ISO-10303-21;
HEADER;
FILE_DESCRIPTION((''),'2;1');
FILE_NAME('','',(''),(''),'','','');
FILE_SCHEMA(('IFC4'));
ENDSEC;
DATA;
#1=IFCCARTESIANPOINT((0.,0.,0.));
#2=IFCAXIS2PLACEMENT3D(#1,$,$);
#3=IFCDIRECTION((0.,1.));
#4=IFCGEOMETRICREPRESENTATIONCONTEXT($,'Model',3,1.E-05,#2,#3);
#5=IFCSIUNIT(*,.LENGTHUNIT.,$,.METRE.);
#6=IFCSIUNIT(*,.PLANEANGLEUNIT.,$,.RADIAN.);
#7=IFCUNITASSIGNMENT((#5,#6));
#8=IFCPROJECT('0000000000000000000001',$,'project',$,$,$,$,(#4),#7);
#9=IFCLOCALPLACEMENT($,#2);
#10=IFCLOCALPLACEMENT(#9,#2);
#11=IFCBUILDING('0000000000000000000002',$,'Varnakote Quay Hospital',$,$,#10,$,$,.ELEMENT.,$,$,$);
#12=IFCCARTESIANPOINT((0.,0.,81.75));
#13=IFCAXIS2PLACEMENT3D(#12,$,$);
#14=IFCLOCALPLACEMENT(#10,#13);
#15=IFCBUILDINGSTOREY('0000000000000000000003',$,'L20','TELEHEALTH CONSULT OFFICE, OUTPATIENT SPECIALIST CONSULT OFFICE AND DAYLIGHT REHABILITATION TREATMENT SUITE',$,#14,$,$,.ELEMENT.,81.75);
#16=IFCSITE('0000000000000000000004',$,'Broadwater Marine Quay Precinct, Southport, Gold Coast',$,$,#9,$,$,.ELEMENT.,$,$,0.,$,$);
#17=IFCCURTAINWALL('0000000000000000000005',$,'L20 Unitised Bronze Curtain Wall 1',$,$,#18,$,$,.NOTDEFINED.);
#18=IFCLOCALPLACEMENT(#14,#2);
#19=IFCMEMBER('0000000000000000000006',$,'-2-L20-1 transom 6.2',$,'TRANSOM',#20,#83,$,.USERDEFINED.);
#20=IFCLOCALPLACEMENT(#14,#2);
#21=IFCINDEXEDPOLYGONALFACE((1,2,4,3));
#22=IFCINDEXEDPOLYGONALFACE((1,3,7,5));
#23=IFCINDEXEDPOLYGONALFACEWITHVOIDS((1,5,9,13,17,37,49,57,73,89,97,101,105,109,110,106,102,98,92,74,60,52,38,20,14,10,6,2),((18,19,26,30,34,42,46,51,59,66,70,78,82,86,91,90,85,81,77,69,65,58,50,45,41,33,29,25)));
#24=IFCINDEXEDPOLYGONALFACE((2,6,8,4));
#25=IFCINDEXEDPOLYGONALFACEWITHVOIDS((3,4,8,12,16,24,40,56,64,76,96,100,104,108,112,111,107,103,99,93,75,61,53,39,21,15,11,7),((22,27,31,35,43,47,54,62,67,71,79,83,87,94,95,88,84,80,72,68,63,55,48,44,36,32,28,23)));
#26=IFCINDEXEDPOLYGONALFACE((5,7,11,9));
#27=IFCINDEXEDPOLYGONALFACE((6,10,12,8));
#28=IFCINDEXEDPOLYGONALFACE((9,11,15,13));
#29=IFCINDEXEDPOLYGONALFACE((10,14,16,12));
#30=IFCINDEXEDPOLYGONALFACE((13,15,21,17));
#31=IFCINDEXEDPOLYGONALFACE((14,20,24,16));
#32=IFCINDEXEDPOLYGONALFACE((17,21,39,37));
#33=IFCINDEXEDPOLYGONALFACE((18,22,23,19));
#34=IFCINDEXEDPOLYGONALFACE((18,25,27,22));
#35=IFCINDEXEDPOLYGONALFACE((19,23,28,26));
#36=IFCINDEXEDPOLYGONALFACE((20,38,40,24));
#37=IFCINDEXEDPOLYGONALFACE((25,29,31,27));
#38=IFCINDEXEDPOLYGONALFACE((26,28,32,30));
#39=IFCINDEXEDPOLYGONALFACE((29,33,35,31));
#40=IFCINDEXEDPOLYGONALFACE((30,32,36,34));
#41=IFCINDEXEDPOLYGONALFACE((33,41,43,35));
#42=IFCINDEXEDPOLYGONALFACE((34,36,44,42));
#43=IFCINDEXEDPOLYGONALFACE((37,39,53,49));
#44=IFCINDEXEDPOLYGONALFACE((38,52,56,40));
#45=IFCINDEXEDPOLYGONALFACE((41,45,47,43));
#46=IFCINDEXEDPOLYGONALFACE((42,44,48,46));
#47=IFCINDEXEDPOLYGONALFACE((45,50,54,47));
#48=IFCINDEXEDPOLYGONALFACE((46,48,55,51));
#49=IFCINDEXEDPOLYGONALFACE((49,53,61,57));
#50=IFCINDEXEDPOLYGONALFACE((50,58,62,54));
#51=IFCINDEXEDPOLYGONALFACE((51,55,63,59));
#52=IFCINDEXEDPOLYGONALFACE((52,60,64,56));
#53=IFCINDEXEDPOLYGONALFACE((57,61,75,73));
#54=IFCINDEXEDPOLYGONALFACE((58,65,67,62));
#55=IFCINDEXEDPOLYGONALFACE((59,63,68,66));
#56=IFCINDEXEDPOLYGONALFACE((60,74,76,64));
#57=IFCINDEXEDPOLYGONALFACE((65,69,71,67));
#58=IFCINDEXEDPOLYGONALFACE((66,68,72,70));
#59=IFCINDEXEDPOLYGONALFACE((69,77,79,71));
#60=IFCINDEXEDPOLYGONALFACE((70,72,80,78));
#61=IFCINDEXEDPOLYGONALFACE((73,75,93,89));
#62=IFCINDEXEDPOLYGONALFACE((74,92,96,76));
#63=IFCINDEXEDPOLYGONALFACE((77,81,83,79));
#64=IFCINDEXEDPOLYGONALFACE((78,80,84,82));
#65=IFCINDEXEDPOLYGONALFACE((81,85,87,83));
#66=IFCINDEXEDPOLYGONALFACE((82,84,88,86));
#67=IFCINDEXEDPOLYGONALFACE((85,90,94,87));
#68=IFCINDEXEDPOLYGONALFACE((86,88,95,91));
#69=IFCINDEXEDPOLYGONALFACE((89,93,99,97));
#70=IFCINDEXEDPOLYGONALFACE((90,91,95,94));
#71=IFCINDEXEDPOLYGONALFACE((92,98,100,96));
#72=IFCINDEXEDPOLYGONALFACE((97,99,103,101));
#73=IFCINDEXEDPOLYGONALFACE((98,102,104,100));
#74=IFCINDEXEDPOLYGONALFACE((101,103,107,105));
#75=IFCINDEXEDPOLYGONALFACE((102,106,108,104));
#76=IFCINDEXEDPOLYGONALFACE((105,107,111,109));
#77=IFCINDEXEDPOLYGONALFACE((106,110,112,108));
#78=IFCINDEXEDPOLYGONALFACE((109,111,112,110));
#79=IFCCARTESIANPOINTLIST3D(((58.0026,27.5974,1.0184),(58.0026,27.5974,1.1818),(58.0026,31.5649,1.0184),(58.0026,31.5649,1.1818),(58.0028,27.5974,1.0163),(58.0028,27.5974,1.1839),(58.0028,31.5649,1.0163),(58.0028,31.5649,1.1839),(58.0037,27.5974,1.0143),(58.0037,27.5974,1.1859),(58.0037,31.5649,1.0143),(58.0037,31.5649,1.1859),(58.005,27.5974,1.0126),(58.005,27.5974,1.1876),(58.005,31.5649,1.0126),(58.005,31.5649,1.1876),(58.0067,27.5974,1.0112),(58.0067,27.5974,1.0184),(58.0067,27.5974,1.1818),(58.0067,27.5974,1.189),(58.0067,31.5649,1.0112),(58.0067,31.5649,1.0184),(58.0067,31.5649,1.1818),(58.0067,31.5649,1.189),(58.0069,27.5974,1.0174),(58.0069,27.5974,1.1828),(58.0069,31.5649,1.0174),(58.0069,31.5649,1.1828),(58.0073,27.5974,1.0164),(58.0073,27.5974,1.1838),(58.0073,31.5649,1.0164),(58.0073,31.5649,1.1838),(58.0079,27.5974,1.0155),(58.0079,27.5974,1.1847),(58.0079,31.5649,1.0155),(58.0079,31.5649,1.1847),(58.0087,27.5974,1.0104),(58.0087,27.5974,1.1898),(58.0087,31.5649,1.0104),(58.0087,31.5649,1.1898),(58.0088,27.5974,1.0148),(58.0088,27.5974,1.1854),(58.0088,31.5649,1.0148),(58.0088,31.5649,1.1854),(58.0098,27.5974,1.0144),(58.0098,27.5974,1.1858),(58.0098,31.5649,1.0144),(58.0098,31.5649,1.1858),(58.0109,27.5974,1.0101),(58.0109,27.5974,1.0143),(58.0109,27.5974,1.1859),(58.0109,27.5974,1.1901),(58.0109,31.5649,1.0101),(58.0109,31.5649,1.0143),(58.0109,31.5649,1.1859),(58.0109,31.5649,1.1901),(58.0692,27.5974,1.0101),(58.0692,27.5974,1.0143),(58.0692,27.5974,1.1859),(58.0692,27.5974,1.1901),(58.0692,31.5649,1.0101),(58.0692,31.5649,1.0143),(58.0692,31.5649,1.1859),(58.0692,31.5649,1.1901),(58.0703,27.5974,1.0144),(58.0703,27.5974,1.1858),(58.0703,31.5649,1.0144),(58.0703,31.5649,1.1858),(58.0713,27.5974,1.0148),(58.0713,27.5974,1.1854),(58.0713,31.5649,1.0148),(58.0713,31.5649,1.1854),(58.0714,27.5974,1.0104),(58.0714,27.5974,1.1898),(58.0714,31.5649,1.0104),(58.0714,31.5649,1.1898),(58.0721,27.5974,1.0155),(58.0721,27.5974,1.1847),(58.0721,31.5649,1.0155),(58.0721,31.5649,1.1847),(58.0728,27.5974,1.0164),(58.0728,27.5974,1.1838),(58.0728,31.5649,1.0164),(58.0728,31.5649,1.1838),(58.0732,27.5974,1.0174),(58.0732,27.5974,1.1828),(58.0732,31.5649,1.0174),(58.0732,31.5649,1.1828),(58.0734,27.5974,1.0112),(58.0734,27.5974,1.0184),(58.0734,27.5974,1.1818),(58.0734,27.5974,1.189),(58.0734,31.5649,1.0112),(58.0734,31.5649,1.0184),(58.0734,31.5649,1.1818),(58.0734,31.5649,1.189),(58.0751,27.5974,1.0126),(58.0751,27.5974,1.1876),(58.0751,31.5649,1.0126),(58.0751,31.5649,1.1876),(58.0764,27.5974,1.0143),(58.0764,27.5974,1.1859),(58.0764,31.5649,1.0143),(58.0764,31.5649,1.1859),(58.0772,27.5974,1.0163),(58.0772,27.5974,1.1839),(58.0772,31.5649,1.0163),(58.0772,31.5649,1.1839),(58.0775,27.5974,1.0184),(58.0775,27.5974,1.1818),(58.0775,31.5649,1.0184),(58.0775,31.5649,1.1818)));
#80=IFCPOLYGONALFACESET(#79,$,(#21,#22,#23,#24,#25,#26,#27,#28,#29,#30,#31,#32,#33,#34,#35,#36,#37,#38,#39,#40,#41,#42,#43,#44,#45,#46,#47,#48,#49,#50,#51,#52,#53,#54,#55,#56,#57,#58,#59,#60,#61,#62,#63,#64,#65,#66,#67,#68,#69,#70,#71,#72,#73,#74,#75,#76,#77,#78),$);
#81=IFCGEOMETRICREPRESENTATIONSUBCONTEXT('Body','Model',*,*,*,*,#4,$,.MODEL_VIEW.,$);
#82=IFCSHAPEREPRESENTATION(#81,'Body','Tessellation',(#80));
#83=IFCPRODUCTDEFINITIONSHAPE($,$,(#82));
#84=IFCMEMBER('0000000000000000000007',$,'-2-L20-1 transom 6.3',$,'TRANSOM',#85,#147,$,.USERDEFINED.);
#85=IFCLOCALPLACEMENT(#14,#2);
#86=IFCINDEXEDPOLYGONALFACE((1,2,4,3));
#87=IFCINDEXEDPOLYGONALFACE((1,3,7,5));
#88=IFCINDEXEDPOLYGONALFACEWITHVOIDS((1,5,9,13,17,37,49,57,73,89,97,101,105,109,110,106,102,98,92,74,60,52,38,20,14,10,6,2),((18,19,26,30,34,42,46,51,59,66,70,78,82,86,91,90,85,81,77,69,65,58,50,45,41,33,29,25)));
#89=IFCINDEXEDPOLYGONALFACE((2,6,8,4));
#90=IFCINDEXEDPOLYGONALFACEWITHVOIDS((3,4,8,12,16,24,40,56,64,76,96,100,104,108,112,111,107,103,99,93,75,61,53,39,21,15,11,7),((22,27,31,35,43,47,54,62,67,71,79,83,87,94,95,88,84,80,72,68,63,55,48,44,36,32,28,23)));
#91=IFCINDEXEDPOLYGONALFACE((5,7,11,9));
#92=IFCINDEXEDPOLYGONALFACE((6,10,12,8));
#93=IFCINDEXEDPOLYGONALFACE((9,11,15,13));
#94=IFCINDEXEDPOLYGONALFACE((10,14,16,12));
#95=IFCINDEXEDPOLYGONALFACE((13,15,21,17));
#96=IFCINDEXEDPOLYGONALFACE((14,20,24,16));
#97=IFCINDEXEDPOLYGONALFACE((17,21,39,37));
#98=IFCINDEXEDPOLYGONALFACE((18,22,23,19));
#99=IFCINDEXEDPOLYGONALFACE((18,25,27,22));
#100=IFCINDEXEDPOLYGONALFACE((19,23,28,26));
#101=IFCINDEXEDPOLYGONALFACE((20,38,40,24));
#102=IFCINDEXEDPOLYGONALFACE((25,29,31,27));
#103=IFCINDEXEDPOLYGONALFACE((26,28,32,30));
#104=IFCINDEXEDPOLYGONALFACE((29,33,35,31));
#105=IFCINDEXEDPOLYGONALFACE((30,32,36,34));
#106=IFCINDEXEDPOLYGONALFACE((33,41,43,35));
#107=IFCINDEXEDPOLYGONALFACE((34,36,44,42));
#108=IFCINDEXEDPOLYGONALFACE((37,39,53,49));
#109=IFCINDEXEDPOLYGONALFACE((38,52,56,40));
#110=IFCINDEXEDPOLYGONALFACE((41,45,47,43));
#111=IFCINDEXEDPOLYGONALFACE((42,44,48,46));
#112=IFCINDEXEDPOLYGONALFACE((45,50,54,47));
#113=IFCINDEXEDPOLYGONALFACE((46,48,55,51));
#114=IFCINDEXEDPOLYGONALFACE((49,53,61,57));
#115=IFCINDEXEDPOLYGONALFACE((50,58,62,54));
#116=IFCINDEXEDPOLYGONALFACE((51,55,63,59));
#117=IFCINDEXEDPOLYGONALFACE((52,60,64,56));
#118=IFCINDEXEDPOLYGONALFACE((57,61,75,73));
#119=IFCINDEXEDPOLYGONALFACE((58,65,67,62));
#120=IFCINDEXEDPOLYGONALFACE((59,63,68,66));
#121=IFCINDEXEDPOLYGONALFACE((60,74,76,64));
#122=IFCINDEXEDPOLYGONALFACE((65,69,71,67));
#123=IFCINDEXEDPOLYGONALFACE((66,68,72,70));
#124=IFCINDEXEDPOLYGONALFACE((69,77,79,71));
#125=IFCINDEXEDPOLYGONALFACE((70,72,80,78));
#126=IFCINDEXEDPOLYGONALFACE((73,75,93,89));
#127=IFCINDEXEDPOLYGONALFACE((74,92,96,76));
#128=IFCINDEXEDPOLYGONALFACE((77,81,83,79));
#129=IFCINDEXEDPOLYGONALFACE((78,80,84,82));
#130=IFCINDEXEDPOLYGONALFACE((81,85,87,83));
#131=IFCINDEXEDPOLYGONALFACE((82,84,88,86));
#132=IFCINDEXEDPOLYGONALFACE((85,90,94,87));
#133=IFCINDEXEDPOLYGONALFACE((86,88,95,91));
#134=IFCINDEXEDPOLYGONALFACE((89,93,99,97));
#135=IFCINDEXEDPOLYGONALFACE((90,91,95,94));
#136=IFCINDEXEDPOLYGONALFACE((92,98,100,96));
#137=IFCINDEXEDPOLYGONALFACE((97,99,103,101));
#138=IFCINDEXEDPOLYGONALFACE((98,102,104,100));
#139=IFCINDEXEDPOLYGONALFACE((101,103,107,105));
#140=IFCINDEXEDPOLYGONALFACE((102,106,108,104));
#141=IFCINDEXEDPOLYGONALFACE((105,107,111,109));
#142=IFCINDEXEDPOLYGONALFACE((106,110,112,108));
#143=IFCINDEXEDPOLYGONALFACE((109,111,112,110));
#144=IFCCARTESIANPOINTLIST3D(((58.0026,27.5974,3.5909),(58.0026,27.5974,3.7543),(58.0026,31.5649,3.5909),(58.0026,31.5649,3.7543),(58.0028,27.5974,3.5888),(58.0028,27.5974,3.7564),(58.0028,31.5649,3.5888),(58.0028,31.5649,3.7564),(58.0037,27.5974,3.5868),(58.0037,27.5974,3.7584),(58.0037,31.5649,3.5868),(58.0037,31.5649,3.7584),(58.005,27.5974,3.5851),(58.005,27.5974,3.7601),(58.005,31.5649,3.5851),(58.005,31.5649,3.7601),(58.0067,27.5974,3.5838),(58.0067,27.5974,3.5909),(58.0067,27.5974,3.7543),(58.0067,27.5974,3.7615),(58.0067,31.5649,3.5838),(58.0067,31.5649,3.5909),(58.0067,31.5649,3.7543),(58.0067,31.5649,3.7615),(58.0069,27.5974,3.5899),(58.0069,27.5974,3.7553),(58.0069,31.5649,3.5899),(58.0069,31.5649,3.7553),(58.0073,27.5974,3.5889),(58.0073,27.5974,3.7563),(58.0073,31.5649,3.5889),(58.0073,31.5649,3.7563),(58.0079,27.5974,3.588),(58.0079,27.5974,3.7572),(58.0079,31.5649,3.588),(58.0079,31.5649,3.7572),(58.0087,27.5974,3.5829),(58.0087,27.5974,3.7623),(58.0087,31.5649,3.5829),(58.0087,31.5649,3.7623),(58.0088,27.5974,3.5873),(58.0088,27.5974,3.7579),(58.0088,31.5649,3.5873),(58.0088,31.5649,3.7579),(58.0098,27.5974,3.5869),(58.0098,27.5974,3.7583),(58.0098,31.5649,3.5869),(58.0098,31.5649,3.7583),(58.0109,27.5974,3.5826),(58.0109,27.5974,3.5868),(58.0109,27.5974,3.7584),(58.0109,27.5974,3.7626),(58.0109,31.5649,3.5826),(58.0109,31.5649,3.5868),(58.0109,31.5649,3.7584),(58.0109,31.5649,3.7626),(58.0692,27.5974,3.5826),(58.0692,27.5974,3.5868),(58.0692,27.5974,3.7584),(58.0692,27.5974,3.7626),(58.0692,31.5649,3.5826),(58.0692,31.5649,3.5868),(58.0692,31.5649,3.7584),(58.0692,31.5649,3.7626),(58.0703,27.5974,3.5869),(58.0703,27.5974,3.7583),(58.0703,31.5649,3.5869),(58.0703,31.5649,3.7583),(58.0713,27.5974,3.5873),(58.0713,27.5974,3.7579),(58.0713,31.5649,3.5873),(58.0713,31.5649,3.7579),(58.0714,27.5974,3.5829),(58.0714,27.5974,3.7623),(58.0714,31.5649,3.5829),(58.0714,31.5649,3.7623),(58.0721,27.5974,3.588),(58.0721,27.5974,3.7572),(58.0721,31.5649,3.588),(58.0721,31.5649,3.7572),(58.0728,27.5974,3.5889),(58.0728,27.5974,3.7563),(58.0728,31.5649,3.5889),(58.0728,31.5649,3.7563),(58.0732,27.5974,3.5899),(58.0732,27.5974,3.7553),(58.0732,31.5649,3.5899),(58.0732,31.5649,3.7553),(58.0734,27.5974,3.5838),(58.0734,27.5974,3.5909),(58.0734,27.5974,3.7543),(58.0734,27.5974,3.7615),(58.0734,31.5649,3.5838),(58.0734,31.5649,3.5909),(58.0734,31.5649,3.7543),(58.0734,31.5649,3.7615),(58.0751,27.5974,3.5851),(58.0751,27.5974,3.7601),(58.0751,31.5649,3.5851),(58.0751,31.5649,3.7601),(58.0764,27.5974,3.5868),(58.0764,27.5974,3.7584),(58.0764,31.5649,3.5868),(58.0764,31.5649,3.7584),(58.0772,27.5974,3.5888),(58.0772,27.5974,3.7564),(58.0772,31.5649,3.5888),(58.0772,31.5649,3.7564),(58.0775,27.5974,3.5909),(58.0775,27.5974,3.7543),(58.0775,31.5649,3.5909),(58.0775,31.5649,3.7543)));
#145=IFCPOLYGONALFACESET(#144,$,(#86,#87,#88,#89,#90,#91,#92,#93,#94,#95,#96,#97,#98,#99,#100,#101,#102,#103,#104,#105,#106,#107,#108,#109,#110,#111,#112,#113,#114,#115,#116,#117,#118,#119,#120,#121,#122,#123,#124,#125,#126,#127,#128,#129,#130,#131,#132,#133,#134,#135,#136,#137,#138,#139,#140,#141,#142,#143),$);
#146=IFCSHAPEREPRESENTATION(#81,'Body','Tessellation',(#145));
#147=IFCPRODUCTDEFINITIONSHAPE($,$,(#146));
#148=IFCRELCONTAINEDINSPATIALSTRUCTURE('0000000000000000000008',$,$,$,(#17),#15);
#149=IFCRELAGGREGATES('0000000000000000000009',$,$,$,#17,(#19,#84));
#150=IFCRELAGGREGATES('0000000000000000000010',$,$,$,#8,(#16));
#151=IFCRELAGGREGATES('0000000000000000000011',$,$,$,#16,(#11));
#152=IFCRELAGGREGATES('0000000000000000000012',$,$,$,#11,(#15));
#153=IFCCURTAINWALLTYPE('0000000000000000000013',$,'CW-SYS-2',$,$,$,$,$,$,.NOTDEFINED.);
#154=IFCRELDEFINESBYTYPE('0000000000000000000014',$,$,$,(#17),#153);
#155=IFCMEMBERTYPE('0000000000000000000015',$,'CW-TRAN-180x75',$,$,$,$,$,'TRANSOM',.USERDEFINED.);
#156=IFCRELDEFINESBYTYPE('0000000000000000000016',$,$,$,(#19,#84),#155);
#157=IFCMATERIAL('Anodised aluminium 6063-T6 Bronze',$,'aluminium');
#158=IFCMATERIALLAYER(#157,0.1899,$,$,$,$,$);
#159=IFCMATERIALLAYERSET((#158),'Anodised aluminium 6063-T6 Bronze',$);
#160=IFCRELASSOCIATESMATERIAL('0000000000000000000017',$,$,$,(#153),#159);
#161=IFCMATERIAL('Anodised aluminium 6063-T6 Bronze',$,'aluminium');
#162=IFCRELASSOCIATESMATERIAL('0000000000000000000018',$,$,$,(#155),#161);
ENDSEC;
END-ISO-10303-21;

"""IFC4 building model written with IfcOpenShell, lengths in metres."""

from ifc_helpers import new_model, si_unit, direction, frame, origin, origin_2d, place, context, subcontext, project, spatial, hollow_rectangle, extrude, material, layer, layer_set, material_profile, profile_set, type_object, element, aggregate, save


model = new_model("IFC4")

# Units and contexts
model_context = context("Model", 3, precision=1e-05, world=origin(), true_north=direction((0.0, 1.0)))
body_context = subcontext(model_context, "Body", "Model", "MODEL_VIEW")
ifc_project = project(units=[si_unit("LENGTHUNIT", "METRE"), si_unit("PLANEANGLEUNIT", "RADIAN")], contexts=[model_context])

# Site, building, storey
site_placement = place(None, origin())
site = spatial("IfcSite", under=ifc_project, at=site_placement, Name="Broadwater Marine Quay Precinct, Southport, Gold Coast", CompositionType="ELEMENT", RefElevation=0.0)
building_placement = place(site_placement, origin())
building = spatial("IfcBuilding", under=site, at=building_placement, Name="Varnakote Quay Hospital", CompositionType="ELEMENT")
storey_placement = place(building_placement, frame((0.0, 0.0, 81.75)))
storey = spatial("IfcBuildingStorey", under=building, at=storey_placement, Name="L20", Description="TELEHEALTH CONSULT OFFICE, OUTPATIENT SPECIALIST CONSULT OFFICE AND DAYLIGHT REHABILITATION TREATMENT SUITE", CompositionType="ELEMENT", Elevation=81.75)

# Curtain wall
ifc_material_1 = material(Name="Anodised aluminium 6063-T6 Bronze", Category="aluminium")
ifc_layer_1 = layer(ifc_material_1, 0.1899)
ifc_layer_set_1 = layer_set([ifc_layer_1], Name="Anodised aluminium 6063-T6 Bronze")
curtain_wall_type = type_object("IfcCurtainWallType", Name="CW-SYS-2", PredefinedType="NOTDEFINED", material=ifc_layer_set_1)
curtain_wall_1_placement = place(storey_placement, origin())
curtain_wall_1 = element("IfcCurtainWall", 1, at=curtain_wall_1_placement, inside=storey, type_object=curtain_wall_type, Name="L20 Unitised Bronze Curtain Wall 1", PredefinedType="NOTDEFINED")

# Members
ifc_material_2 = material(Name="Anodised aluminium 6063-T6 Bronze", Category="aluminium")
ifc_material_profile_1 = material_profile(ifc_material_2, hollow_rectangle(XDim=0.075, YDim=0.1799, WallThickness=0.0042, InnerFilletRadius=0.0042, OuterFilletRadius=0.0083, at=origin_2d()), Name="CW-TRAN-180x75")
ifc_profile_set_1 = profile_set([ifc_material_profile_1], Name="Anodised aluminium 6063-T6 Bronze")
member_type_1 = type_object("IfcMemberType", Name="CW-TRAN-180x75", ElementType="TRANSOM", PredefinedType="USERDEFINED", material=ifc_profile_set_1)
member_1_placement = place(storey_placement, frame((58.04, 27.5974, 1.1001), z_axis=(0.0, 1.0, 0.0), x_axis=(-1.0, 0.0, 0.0)))
member_1 = element("IfcMember", 2, at=member_1_placement, type_object=member_type_1, Name="-2-L20-1 transom 6.2", ObjectType="TRANSOM", PredefinedType="USERDEFINED", context=body_context, shape_type="SweptSolid", body=[
    extrude(hollow_rectangle(XDim=0.075, YDim=0.1799, WallThickness=0.0042, InnerFilletRadius=0.0042, OuterFilletRadius=0.0083, at=origin_2d()), origin(), (0.0, 0.0, 1.0), 3.9675),
])
member_2_placement = place(storey_placement, frame((58.04, 27.5974, 3.6726), z_axis=(0.0, 1.0, 0.0), x_axis=(-1.0, 0.0, 0.0)))
member_2 = element("IfcMember", 3, at=member_2_placement, type_object=member_type_1, Name="-2-L20-1 transom 6.3", ObjectType="TRANSOM", PredefinedType="USERDEFINED", context=body_context, shape_type="SweptSolid", body=[
    extrude(hollow_rectangle(XDim=0.075, YDim=0.1799, WallThickness=0.0042, InnerFilletRadius=0.0042, OuterFilletRadius=0.0083, at=origin_2d()), origin(), (0.0, 0.0, 1.0), 3.9675),
])

aggregate(curtain_wall_1, [member_1, member_2])

save(model, "model.ifc")
